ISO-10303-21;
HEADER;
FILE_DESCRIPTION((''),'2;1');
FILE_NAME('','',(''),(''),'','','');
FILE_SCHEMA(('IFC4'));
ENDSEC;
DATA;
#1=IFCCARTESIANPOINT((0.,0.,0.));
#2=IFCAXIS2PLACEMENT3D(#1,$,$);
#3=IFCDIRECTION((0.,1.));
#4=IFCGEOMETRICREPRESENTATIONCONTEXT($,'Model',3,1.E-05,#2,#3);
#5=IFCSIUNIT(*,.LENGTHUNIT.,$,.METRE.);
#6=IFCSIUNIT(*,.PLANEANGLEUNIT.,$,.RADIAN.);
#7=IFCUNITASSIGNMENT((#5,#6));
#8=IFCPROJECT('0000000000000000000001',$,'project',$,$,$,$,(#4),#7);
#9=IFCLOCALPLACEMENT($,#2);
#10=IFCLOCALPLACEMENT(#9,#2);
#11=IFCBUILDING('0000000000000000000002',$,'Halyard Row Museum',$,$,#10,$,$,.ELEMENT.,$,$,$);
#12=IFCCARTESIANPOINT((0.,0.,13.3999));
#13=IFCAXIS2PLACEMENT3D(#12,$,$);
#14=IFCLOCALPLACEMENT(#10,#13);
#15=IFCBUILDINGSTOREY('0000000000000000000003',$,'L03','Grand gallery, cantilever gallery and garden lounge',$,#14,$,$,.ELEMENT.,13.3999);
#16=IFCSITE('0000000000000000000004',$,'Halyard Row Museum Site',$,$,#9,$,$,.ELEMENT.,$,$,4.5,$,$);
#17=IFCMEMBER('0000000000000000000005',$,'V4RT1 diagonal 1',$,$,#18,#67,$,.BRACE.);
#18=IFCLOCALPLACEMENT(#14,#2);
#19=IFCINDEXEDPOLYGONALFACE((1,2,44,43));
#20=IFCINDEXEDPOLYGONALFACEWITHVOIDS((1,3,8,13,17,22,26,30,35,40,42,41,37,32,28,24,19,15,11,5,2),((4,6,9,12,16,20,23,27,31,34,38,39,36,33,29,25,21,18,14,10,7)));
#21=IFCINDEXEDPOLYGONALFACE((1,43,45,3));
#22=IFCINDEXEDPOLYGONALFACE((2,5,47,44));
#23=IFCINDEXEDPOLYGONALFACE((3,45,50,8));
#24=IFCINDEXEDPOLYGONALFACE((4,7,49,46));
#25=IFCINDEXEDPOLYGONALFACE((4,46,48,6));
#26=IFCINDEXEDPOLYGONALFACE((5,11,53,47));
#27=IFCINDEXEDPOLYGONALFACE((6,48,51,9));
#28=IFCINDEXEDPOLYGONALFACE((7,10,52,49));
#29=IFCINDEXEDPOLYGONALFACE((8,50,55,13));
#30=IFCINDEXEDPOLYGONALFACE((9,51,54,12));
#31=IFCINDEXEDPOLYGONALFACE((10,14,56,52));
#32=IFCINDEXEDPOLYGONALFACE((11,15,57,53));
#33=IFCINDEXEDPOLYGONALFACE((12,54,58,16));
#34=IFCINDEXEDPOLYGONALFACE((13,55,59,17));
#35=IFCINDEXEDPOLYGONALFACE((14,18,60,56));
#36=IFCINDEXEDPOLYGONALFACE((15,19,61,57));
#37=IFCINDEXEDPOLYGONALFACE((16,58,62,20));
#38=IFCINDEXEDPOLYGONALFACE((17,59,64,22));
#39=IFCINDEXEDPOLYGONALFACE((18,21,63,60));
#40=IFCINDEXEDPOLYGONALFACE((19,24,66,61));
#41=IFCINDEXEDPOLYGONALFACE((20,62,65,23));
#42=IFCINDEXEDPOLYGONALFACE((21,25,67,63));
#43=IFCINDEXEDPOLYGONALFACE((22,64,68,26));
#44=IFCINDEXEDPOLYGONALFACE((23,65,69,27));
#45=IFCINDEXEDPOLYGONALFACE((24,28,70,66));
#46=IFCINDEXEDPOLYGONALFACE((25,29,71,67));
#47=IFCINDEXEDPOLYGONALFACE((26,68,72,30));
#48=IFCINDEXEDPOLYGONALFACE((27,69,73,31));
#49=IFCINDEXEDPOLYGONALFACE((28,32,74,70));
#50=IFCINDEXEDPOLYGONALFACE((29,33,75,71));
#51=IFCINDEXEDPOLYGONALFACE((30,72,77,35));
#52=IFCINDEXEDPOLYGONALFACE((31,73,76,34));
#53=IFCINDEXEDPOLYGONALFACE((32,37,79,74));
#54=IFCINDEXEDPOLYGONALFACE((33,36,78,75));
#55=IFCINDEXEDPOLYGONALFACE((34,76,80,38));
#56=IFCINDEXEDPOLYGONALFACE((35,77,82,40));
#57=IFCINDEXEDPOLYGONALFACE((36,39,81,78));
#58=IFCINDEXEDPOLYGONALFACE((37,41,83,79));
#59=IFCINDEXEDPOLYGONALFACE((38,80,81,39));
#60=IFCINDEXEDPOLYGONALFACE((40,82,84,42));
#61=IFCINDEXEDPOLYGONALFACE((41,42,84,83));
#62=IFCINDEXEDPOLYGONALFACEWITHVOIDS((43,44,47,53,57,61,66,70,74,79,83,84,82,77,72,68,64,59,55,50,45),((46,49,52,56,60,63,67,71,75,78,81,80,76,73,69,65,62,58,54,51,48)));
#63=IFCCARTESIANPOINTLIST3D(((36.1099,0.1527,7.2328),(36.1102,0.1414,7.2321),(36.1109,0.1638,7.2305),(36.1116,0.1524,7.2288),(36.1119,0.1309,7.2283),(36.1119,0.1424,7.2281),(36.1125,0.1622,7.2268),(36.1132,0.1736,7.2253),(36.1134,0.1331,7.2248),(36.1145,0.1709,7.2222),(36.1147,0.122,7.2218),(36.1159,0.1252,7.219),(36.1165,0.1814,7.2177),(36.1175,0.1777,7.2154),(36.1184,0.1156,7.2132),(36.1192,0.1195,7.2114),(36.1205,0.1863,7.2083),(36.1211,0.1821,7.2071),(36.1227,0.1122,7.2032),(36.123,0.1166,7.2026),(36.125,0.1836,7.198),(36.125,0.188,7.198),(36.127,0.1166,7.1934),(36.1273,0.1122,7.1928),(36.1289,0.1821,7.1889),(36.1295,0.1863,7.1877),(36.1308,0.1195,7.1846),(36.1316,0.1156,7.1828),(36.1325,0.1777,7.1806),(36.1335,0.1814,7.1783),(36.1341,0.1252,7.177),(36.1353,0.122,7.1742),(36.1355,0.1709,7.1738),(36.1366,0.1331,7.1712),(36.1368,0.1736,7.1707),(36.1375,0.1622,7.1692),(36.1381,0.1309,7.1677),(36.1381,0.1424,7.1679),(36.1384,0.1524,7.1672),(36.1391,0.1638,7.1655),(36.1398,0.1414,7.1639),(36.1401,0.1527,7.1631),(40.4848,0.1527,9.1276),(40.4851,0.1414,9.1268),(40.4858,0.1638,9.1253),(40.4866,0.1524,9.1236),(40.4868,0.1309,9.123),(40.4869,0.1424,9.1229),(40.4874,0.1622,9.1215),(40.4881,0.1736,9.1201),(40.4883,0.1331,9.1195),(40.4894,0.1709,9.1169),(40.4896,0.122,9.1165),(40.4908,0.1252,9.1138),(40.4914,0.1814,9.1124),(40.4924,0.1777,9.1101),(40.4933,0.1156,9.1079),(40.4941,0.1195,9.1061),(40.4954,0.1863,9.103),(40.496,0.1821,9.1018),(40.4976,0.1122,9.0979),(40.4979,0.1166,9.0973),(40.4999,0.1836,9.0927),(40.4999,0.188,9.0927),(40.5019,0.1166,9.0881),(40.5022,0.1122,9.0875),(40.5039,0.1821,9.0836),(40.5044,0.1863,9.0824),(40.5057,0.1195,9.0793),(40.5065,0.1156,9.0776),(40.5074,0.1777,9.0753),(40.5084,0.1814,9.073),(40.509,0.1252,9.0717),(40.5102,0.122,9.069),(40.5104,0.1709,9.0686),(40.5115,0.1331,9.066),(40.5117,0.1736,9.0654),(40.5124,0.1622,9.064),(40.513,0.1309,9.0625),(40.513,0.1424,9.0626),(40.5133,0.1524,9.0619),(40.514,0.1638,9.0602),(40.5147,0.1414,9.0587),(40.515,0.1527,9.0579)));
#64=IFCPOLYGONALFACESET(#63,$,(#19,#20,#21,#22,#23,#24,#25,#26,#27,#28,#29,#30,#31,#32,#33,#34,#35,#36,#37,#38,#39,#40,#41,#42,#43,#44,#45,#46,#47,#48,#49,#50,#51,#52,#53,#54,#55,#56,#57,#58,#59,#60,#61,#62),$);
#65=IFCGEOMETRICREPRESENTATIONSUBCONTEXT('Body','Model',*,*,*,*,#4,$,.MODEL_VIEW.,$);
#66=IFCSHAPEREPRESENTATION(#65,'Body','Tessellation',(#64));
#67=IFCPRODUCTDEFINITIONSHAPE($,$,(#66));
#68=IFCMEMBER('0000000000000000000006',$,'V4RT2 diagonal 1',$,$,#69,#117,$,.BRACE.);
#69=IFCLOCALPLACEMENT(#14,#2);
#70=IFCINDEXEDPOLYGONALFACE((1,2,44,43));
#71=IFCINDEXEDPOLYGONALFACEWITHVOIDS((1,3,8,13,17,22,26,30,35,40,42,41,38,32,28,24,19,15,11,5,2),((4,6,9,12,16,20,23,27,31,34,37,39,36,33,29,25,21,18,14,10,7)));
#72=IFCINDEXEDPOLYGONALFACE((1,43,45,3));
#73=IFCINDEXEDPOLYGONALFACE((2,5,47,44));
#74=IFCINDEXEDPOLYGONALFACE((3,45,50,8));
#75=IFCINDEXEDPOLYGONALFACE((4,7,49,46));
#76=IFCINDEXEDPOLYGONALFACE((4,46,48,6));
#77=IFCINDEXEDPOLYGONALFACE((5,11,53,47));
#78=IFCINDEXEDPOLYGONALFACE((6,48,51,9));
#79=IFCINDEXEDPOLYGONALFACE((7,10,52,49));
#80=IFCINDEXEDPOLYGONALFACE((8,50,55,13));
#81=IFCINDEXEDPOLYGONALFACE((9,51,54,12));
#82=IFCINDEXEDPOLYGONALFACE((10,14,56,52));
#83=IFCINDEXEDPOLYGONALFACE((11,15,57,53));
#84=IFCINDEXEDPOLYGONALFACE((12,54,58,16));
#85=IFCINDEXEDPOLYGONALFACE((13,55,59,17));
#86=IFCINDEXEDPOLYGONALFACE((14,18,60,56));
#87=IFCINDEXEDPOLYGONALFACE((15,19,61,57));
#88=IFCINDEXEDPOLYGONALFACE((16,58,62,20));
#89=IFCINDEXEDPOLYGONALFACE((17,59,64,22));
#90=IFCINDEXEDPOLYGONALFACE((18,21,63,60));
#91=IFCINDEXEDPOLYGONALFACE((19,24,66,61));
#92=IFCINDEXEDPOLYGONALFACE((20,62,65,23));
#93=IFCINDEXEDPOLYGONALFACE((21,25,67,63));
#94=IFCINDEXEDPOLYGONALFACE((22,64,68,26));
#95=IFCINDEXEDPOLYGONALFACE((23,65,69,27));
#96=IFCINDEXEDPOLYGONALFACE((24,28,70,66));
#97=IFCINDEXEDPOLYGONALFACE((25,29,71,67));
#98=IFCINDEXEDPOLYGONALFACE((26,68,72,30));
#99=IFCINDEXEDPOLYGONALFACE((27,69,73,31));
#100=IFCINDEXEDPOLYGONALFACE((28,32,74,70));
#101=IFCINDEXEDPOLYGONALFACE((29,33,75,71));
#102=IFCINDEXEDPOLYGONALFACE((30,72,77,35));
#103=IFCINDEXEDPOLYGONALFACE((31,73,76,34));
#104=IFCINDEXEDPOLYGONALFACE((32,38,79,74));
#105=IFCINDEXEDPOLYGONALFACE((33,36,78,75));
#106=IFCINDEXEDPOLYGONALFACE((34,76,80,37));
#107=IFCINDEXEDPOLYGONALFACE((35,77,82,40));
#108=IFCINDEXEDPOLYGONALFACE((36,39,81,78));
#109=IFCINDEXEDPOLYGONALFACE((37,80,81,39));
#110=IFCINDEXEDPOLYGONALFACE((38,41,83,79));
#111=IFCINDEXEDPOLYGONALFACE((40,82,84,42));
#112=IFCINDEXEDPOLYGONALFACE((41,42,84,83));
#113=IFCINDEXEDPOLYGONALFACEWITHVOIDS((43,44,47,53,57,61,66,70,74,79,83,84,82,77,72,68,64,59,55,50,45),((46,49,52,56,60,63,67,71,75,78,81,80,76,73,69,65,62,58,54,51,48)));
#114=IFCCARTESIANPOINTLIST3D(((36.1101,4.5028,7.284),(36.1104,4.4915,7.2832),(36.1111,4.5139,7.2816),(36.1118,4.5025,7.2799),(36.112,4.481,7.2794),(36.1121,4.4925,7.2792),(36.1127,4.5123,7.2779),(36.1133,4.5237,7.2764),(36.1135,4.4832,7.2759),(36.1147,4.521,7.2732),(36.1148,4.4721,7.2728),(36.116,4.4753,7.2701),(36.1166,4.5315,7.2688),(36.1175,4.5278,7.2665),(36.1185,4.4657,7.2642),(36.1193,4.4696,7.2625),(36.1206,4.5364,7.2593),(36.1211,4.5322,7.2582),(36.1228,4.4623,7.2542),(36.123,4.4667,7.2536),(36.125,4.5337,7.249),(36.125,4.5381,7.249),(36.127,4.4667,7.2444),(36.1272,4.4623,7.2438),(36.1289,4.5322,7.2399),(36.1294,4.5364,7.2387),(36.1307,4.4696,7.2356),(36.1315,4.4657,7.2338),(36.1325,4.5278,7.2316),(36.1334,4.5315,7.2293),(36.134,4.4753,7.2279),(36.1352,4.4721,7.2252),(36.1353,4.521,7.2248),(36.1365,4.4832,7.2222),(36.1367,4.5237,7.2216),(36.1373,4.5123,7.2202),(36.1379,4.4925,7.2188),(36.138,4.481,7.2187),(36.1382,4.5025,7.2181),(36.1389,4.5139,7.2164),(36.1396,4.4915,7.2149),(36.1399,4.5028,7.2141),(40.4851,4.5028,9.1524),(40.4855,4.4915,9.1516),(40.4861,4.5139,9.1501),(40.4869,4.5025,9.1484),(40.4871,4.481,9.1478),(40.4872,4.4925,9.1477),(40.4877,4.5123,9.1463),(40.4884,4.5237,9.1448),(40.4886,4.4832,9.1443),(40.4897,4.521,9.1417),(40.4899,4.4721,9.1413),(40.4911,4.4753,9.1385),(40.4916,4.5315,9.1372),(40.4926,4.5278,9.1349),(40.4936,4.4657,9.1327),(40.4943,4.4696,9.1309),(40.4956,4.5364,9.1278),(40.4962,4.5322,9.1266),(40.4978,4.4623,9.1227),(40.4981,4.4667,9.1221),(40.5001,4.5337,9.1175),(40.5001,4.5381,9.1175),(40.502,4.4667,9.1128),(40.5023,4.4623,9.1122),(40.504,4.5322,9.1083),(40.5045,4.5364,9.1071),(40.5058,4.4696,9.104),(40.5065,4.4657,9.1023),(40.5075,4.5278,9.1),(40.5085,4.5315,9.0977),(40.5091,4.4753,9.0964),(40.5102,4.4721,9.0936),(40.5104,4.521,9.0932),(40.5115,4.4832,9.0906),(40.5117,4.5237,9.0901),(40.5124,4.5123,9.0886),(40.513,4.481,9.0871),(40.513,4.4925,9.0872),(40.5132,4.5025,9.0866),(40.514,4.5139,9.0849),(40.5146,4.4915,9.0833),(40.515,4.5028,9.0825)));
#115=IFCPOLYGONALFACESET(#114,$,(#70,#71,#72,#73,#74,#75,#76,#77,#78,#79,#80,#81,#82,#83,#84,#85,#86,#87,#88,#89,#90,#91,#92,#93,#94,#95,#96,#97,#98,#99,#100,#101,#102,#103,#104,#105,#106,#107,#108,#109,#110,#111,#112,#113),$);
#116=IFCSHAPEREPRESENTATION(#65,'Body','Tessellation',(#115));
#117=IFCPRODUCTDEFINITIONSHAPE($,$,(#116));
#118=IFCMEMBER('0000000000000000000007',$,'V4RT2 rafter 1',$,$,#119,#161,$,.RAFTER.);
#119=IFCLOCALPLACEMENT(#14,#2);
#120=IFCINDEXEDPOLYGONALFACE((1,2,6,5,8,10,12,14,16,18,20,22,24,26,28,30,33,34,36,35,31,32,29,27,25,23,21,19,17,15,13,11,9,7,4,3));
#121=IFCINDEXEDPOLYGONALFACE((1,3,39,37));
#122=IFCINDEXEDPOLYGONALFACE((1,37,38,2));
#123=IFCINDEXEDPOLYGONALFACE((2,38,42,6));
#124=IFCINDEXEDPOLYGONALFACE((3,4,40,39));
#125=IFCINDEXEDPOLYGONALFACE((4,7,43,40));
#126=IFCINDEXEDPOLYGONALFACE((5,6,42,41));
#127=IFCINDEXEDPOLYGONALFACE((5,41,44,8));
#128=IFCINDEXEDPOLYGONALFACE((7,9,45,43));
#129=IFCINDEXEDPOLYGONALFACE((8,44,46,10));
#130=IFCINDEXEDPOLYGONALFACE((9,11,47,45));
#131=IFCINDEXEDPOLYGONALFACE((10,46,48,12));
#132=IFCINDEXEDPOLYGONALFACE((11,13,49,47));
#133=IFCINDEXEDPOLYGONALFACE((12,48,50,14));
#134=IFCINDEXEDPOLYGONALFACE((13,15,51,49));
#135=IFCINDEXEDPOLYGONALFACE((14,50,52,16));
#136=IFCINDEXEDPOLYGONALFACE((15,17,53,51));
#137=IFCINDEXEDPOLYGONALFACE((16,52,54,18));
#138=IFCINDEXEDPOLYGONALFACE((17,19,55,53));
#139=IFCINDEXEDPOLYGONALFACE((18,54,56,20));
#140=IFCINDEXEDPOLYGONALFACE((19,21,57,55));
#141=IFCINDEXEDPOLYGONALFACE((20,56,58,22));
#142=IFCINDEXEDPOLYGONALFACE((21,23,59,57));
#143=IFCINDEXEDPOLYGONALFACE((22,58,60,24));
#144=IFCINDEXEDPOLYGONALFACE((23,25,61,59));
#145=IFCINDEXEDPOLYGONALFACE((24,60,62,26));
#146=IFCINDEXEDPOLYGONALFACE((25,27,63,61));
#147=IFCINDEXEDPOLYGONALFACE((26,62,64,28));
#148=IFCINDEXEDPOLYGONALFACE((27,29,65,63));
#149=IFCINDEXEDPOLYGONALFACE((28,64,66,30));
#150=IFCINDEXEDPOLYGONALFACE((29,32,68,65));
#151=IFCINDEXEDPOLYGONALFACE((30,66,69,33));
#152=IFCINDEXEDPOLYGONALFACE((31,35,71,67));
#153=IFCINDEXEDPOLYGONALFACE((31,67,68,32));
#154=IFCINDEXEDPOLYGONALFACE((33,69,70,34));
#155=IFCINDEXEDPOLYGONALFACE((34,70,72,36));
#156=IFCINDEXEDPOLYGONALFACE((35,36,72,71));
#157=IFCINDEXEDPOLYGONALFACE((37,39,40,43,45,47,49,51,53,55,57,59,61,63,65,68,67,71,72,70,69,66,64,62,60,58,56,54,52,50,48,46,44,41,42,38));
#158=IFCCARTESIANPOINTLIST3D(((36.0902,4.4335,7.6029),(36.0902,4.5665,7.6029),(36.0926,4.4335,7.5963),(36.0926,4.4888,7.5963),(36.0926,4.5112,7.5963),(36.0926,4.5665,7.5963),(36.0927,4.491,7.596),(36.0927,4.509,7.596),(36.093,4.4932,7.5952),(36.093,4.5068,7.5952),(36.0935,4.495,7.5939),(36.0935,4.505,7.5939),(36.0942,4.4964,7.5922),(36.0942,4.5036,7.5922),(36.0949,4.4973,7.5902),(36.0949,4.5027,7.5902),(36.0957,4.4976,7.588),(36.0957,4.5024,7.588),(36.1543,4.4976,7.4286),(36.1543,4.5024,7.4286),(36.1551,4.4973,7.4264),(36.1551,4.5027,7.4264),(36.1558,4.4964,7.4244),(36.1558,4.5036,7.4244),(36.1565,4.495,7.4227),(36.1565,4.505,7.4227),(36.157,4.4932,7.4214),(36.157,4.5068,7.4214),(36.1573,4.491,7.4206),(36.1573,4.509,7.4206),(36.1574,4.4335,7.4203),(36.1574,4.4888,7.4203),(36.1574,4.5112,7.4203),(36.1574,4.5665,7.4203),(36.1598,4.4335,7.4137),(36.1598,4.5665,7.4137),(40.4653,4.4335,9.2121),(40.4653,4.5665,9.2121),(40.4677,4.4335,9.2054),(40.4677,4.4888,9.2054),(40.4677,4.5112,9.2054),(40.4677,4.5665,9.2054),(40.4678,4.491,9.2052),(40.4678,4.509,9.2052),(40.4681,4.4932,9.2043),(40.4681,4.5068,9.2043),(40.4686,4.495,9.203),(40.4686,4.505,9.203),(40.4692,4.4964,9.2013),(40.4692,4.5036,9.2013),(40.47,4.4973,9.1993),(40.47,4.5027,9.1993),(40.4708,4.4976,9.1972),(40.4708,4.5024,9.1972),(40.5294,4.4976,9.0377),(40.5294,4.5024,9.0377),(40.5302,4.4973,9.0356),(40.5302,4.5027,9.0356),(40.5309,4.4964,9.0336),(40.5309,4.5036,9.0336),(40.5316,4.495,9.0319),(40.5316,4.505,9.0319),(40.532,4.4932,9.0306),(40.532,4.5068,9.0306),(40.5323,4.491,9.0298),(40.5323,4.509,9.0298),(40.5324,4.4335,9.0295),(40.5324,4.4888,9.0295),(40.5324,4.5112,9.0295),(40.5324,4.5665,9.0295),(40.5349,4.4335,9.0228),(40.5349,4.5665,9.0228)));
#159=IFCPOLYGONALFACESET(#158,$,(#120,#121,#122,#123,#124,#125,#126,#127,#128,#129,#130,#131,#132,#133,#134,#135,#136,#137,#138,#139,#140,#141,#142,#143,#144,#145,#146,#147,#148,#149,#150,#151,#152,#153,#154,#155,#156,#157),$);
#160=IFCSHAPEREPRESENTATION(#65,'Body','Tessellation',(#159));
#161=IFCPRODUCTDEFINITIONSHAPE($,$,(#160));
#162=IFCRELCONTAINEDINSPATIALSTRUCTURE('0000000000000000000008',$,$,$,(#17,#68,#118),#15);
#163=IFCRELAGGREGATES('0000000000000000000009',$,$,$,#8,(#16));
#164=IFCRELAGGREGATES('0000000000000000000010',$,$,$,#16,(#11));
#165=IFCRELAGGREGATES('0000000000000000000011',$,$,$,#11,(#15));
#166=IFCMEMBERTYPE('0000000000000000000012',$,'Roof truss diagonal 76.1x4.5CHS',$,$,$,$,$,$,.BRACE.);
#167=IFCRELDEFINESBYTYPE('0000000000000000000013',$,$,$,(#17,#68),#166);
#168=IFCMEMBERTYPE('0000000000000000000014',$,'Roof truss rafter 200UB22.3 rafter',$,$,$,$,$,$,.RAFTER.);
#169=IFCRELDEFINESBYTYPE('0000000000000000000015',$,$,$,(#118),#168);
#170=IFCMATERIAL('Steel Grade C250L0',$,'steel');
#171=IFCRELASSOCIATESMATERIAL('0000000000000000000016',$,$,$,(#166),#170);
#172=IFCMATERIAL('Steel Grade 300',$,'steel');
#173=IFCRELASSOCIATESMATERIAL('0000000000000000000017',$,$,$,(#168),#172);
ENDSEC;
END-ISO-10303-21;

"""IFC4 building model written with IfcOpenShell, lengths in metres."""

from ifc_helpers import new_model, si_unit, direction, frame, origin, origin_2d, place, context, subcontext, project, spatial, hollow_circle, i_section, extrude, material, material_profile, profile_set, type_object, element, save


model = new_model("IFC4")

# Units and contexts
model_context = context("Model", 3, precision=1e-05, world=origin(), true_north=direction((0.0, 1.0)))
body_context = subcontext(model_context, "Body", "Model", "MODEL_VIEW")
ifc_project = project(units=[si_unit("LENGTHUNIT", "METRE"), si_unit("PLANEANGLEUNIT", "RADIAN")], contexts=[model_context])

# Site, building, storey
site_placement = place(None, origin())
site = spatial("IfcSite", under=ifc_project, at=site_placement, Name="Halyard Row Museum Site", CompositionType="ELEMENT", RefElevation=4.5)
building_placement = place(site_placement, origin())
building = spatial("IfcBuilding", under=site, at=building_placement, Name="Halyard Row Museum", CompositionType="ELEMENT")
storey_placement = place(building_placement, frame((0.0, 0.0, 13.3999)))
storey = spatial("IfcBuildingStorey", under=building, at=storey_placement, Name="L03", Description="Grand gallery, cantilever gallery and garden lounge", CompositionType="ELEMENT", Elevation=13.3999)

# Members
ifc_material_1 = material(Name="Steel Grade C250L0", Category="steel")
ifc_material_profile_1 = material_profile(ifc_material_1, hollow_circle(Radius=0.0381, WallThickness=0.0044, at=origin_2d()), Name="76.1x4.5CHS")
ifc_profile_set_1 = profile_set([ifc_material_profile_1], Name="Steel Grade C250L0")
member_type_1 = type_object("IfcMemberType", Name="Roof truss diagonal 76.1x4.5CHS", PredefinedType="BRACE", material=ifc_profile_set_1)
member_1_placement = place(storey_placement, frame((36.125, 0.1499, 7.198), z_axis=(0.917637, 0.0, 0.397421), x_axis=(0.0, 1.0, 0.0)))
element("IfcMember", 1, at=member_1_placement, inside=storey, type_object=member_type_1, Name="V4RT1 diagonal 1", PredefinedType="BRACE", context=body_context, shape_type="SweptSolid", body=[
    extrude(hollow_circle(Radius=0.0381, WallThickness=0.0044, at=origin_2d()), origin(), (0.0, 0.0, 1.0), 4.7676),
])
member_2_placement = place(storey_placement, frame((36.125, 4.5, 7.249), z_axis=(0.919646, 0.0, 0.392748), x_axis=(0.0, 1.0, 0.0)))
element("IfcMember", 2, at=member_2_placement, inside=storey, type_object=member_type_1, Name="V4RT2 diagonal 1", PredefinedType="BRACE", context=body_context, shape_type="SweptSolid", body=[
    extrude(hollow_circle(Radius=0.0381, WallThickness=0.0044, at=origin_2d()), origin(), (0.0, 0.0, 1.0), 4.7573),
])
ifc_material_2 = material(Name="Steel Grade 300", Category="steel")
ifc_material_profile_2 = material_profile(ifc_material_2, i_section(OverallWidth=0.1331, OverallDepth=0.2017, WebThickness=0.0049, FlangeThickness=0.0071, FilletRadius=0.0088, at=origin_2d()), Name="200UB22.3")
ifc_profile_set_2 = profile_set([ifc_material_profile_2], Name="Steel Grade 300")
member_type_2 = type_object("IfcMemberType", Name="Roof truss rafter 200UB22.3 rafter", PredefinedType="RAFTER", material=ifc_profile_set_2)
member_3_placement = place(storey_placement, frame((36.125, 4.5, 7.5083), z_axis=(0.938532, 0.0, 0.345193), x_axis=(0.0, 1.0, 0.0)))
element("IfcMember", 3, at=member_3_placement, inside=storey, type_object=member_type_2, Name="V4RT2 rafter 1", PredefinedType="RAFTER", context=body_context, shape_type="SweptSolid", body=[
    extrude(i_section(OverallWidth=0.1331, OverallDepth=0.2017, WebThickness=0.0049, FlangeThickness=0.0071, FilletRadius=0.0088, at=origin_2d()), origin(), (0.0, 0.0, 1.0), 4.6616),
])

save(model, "model.ifc")
